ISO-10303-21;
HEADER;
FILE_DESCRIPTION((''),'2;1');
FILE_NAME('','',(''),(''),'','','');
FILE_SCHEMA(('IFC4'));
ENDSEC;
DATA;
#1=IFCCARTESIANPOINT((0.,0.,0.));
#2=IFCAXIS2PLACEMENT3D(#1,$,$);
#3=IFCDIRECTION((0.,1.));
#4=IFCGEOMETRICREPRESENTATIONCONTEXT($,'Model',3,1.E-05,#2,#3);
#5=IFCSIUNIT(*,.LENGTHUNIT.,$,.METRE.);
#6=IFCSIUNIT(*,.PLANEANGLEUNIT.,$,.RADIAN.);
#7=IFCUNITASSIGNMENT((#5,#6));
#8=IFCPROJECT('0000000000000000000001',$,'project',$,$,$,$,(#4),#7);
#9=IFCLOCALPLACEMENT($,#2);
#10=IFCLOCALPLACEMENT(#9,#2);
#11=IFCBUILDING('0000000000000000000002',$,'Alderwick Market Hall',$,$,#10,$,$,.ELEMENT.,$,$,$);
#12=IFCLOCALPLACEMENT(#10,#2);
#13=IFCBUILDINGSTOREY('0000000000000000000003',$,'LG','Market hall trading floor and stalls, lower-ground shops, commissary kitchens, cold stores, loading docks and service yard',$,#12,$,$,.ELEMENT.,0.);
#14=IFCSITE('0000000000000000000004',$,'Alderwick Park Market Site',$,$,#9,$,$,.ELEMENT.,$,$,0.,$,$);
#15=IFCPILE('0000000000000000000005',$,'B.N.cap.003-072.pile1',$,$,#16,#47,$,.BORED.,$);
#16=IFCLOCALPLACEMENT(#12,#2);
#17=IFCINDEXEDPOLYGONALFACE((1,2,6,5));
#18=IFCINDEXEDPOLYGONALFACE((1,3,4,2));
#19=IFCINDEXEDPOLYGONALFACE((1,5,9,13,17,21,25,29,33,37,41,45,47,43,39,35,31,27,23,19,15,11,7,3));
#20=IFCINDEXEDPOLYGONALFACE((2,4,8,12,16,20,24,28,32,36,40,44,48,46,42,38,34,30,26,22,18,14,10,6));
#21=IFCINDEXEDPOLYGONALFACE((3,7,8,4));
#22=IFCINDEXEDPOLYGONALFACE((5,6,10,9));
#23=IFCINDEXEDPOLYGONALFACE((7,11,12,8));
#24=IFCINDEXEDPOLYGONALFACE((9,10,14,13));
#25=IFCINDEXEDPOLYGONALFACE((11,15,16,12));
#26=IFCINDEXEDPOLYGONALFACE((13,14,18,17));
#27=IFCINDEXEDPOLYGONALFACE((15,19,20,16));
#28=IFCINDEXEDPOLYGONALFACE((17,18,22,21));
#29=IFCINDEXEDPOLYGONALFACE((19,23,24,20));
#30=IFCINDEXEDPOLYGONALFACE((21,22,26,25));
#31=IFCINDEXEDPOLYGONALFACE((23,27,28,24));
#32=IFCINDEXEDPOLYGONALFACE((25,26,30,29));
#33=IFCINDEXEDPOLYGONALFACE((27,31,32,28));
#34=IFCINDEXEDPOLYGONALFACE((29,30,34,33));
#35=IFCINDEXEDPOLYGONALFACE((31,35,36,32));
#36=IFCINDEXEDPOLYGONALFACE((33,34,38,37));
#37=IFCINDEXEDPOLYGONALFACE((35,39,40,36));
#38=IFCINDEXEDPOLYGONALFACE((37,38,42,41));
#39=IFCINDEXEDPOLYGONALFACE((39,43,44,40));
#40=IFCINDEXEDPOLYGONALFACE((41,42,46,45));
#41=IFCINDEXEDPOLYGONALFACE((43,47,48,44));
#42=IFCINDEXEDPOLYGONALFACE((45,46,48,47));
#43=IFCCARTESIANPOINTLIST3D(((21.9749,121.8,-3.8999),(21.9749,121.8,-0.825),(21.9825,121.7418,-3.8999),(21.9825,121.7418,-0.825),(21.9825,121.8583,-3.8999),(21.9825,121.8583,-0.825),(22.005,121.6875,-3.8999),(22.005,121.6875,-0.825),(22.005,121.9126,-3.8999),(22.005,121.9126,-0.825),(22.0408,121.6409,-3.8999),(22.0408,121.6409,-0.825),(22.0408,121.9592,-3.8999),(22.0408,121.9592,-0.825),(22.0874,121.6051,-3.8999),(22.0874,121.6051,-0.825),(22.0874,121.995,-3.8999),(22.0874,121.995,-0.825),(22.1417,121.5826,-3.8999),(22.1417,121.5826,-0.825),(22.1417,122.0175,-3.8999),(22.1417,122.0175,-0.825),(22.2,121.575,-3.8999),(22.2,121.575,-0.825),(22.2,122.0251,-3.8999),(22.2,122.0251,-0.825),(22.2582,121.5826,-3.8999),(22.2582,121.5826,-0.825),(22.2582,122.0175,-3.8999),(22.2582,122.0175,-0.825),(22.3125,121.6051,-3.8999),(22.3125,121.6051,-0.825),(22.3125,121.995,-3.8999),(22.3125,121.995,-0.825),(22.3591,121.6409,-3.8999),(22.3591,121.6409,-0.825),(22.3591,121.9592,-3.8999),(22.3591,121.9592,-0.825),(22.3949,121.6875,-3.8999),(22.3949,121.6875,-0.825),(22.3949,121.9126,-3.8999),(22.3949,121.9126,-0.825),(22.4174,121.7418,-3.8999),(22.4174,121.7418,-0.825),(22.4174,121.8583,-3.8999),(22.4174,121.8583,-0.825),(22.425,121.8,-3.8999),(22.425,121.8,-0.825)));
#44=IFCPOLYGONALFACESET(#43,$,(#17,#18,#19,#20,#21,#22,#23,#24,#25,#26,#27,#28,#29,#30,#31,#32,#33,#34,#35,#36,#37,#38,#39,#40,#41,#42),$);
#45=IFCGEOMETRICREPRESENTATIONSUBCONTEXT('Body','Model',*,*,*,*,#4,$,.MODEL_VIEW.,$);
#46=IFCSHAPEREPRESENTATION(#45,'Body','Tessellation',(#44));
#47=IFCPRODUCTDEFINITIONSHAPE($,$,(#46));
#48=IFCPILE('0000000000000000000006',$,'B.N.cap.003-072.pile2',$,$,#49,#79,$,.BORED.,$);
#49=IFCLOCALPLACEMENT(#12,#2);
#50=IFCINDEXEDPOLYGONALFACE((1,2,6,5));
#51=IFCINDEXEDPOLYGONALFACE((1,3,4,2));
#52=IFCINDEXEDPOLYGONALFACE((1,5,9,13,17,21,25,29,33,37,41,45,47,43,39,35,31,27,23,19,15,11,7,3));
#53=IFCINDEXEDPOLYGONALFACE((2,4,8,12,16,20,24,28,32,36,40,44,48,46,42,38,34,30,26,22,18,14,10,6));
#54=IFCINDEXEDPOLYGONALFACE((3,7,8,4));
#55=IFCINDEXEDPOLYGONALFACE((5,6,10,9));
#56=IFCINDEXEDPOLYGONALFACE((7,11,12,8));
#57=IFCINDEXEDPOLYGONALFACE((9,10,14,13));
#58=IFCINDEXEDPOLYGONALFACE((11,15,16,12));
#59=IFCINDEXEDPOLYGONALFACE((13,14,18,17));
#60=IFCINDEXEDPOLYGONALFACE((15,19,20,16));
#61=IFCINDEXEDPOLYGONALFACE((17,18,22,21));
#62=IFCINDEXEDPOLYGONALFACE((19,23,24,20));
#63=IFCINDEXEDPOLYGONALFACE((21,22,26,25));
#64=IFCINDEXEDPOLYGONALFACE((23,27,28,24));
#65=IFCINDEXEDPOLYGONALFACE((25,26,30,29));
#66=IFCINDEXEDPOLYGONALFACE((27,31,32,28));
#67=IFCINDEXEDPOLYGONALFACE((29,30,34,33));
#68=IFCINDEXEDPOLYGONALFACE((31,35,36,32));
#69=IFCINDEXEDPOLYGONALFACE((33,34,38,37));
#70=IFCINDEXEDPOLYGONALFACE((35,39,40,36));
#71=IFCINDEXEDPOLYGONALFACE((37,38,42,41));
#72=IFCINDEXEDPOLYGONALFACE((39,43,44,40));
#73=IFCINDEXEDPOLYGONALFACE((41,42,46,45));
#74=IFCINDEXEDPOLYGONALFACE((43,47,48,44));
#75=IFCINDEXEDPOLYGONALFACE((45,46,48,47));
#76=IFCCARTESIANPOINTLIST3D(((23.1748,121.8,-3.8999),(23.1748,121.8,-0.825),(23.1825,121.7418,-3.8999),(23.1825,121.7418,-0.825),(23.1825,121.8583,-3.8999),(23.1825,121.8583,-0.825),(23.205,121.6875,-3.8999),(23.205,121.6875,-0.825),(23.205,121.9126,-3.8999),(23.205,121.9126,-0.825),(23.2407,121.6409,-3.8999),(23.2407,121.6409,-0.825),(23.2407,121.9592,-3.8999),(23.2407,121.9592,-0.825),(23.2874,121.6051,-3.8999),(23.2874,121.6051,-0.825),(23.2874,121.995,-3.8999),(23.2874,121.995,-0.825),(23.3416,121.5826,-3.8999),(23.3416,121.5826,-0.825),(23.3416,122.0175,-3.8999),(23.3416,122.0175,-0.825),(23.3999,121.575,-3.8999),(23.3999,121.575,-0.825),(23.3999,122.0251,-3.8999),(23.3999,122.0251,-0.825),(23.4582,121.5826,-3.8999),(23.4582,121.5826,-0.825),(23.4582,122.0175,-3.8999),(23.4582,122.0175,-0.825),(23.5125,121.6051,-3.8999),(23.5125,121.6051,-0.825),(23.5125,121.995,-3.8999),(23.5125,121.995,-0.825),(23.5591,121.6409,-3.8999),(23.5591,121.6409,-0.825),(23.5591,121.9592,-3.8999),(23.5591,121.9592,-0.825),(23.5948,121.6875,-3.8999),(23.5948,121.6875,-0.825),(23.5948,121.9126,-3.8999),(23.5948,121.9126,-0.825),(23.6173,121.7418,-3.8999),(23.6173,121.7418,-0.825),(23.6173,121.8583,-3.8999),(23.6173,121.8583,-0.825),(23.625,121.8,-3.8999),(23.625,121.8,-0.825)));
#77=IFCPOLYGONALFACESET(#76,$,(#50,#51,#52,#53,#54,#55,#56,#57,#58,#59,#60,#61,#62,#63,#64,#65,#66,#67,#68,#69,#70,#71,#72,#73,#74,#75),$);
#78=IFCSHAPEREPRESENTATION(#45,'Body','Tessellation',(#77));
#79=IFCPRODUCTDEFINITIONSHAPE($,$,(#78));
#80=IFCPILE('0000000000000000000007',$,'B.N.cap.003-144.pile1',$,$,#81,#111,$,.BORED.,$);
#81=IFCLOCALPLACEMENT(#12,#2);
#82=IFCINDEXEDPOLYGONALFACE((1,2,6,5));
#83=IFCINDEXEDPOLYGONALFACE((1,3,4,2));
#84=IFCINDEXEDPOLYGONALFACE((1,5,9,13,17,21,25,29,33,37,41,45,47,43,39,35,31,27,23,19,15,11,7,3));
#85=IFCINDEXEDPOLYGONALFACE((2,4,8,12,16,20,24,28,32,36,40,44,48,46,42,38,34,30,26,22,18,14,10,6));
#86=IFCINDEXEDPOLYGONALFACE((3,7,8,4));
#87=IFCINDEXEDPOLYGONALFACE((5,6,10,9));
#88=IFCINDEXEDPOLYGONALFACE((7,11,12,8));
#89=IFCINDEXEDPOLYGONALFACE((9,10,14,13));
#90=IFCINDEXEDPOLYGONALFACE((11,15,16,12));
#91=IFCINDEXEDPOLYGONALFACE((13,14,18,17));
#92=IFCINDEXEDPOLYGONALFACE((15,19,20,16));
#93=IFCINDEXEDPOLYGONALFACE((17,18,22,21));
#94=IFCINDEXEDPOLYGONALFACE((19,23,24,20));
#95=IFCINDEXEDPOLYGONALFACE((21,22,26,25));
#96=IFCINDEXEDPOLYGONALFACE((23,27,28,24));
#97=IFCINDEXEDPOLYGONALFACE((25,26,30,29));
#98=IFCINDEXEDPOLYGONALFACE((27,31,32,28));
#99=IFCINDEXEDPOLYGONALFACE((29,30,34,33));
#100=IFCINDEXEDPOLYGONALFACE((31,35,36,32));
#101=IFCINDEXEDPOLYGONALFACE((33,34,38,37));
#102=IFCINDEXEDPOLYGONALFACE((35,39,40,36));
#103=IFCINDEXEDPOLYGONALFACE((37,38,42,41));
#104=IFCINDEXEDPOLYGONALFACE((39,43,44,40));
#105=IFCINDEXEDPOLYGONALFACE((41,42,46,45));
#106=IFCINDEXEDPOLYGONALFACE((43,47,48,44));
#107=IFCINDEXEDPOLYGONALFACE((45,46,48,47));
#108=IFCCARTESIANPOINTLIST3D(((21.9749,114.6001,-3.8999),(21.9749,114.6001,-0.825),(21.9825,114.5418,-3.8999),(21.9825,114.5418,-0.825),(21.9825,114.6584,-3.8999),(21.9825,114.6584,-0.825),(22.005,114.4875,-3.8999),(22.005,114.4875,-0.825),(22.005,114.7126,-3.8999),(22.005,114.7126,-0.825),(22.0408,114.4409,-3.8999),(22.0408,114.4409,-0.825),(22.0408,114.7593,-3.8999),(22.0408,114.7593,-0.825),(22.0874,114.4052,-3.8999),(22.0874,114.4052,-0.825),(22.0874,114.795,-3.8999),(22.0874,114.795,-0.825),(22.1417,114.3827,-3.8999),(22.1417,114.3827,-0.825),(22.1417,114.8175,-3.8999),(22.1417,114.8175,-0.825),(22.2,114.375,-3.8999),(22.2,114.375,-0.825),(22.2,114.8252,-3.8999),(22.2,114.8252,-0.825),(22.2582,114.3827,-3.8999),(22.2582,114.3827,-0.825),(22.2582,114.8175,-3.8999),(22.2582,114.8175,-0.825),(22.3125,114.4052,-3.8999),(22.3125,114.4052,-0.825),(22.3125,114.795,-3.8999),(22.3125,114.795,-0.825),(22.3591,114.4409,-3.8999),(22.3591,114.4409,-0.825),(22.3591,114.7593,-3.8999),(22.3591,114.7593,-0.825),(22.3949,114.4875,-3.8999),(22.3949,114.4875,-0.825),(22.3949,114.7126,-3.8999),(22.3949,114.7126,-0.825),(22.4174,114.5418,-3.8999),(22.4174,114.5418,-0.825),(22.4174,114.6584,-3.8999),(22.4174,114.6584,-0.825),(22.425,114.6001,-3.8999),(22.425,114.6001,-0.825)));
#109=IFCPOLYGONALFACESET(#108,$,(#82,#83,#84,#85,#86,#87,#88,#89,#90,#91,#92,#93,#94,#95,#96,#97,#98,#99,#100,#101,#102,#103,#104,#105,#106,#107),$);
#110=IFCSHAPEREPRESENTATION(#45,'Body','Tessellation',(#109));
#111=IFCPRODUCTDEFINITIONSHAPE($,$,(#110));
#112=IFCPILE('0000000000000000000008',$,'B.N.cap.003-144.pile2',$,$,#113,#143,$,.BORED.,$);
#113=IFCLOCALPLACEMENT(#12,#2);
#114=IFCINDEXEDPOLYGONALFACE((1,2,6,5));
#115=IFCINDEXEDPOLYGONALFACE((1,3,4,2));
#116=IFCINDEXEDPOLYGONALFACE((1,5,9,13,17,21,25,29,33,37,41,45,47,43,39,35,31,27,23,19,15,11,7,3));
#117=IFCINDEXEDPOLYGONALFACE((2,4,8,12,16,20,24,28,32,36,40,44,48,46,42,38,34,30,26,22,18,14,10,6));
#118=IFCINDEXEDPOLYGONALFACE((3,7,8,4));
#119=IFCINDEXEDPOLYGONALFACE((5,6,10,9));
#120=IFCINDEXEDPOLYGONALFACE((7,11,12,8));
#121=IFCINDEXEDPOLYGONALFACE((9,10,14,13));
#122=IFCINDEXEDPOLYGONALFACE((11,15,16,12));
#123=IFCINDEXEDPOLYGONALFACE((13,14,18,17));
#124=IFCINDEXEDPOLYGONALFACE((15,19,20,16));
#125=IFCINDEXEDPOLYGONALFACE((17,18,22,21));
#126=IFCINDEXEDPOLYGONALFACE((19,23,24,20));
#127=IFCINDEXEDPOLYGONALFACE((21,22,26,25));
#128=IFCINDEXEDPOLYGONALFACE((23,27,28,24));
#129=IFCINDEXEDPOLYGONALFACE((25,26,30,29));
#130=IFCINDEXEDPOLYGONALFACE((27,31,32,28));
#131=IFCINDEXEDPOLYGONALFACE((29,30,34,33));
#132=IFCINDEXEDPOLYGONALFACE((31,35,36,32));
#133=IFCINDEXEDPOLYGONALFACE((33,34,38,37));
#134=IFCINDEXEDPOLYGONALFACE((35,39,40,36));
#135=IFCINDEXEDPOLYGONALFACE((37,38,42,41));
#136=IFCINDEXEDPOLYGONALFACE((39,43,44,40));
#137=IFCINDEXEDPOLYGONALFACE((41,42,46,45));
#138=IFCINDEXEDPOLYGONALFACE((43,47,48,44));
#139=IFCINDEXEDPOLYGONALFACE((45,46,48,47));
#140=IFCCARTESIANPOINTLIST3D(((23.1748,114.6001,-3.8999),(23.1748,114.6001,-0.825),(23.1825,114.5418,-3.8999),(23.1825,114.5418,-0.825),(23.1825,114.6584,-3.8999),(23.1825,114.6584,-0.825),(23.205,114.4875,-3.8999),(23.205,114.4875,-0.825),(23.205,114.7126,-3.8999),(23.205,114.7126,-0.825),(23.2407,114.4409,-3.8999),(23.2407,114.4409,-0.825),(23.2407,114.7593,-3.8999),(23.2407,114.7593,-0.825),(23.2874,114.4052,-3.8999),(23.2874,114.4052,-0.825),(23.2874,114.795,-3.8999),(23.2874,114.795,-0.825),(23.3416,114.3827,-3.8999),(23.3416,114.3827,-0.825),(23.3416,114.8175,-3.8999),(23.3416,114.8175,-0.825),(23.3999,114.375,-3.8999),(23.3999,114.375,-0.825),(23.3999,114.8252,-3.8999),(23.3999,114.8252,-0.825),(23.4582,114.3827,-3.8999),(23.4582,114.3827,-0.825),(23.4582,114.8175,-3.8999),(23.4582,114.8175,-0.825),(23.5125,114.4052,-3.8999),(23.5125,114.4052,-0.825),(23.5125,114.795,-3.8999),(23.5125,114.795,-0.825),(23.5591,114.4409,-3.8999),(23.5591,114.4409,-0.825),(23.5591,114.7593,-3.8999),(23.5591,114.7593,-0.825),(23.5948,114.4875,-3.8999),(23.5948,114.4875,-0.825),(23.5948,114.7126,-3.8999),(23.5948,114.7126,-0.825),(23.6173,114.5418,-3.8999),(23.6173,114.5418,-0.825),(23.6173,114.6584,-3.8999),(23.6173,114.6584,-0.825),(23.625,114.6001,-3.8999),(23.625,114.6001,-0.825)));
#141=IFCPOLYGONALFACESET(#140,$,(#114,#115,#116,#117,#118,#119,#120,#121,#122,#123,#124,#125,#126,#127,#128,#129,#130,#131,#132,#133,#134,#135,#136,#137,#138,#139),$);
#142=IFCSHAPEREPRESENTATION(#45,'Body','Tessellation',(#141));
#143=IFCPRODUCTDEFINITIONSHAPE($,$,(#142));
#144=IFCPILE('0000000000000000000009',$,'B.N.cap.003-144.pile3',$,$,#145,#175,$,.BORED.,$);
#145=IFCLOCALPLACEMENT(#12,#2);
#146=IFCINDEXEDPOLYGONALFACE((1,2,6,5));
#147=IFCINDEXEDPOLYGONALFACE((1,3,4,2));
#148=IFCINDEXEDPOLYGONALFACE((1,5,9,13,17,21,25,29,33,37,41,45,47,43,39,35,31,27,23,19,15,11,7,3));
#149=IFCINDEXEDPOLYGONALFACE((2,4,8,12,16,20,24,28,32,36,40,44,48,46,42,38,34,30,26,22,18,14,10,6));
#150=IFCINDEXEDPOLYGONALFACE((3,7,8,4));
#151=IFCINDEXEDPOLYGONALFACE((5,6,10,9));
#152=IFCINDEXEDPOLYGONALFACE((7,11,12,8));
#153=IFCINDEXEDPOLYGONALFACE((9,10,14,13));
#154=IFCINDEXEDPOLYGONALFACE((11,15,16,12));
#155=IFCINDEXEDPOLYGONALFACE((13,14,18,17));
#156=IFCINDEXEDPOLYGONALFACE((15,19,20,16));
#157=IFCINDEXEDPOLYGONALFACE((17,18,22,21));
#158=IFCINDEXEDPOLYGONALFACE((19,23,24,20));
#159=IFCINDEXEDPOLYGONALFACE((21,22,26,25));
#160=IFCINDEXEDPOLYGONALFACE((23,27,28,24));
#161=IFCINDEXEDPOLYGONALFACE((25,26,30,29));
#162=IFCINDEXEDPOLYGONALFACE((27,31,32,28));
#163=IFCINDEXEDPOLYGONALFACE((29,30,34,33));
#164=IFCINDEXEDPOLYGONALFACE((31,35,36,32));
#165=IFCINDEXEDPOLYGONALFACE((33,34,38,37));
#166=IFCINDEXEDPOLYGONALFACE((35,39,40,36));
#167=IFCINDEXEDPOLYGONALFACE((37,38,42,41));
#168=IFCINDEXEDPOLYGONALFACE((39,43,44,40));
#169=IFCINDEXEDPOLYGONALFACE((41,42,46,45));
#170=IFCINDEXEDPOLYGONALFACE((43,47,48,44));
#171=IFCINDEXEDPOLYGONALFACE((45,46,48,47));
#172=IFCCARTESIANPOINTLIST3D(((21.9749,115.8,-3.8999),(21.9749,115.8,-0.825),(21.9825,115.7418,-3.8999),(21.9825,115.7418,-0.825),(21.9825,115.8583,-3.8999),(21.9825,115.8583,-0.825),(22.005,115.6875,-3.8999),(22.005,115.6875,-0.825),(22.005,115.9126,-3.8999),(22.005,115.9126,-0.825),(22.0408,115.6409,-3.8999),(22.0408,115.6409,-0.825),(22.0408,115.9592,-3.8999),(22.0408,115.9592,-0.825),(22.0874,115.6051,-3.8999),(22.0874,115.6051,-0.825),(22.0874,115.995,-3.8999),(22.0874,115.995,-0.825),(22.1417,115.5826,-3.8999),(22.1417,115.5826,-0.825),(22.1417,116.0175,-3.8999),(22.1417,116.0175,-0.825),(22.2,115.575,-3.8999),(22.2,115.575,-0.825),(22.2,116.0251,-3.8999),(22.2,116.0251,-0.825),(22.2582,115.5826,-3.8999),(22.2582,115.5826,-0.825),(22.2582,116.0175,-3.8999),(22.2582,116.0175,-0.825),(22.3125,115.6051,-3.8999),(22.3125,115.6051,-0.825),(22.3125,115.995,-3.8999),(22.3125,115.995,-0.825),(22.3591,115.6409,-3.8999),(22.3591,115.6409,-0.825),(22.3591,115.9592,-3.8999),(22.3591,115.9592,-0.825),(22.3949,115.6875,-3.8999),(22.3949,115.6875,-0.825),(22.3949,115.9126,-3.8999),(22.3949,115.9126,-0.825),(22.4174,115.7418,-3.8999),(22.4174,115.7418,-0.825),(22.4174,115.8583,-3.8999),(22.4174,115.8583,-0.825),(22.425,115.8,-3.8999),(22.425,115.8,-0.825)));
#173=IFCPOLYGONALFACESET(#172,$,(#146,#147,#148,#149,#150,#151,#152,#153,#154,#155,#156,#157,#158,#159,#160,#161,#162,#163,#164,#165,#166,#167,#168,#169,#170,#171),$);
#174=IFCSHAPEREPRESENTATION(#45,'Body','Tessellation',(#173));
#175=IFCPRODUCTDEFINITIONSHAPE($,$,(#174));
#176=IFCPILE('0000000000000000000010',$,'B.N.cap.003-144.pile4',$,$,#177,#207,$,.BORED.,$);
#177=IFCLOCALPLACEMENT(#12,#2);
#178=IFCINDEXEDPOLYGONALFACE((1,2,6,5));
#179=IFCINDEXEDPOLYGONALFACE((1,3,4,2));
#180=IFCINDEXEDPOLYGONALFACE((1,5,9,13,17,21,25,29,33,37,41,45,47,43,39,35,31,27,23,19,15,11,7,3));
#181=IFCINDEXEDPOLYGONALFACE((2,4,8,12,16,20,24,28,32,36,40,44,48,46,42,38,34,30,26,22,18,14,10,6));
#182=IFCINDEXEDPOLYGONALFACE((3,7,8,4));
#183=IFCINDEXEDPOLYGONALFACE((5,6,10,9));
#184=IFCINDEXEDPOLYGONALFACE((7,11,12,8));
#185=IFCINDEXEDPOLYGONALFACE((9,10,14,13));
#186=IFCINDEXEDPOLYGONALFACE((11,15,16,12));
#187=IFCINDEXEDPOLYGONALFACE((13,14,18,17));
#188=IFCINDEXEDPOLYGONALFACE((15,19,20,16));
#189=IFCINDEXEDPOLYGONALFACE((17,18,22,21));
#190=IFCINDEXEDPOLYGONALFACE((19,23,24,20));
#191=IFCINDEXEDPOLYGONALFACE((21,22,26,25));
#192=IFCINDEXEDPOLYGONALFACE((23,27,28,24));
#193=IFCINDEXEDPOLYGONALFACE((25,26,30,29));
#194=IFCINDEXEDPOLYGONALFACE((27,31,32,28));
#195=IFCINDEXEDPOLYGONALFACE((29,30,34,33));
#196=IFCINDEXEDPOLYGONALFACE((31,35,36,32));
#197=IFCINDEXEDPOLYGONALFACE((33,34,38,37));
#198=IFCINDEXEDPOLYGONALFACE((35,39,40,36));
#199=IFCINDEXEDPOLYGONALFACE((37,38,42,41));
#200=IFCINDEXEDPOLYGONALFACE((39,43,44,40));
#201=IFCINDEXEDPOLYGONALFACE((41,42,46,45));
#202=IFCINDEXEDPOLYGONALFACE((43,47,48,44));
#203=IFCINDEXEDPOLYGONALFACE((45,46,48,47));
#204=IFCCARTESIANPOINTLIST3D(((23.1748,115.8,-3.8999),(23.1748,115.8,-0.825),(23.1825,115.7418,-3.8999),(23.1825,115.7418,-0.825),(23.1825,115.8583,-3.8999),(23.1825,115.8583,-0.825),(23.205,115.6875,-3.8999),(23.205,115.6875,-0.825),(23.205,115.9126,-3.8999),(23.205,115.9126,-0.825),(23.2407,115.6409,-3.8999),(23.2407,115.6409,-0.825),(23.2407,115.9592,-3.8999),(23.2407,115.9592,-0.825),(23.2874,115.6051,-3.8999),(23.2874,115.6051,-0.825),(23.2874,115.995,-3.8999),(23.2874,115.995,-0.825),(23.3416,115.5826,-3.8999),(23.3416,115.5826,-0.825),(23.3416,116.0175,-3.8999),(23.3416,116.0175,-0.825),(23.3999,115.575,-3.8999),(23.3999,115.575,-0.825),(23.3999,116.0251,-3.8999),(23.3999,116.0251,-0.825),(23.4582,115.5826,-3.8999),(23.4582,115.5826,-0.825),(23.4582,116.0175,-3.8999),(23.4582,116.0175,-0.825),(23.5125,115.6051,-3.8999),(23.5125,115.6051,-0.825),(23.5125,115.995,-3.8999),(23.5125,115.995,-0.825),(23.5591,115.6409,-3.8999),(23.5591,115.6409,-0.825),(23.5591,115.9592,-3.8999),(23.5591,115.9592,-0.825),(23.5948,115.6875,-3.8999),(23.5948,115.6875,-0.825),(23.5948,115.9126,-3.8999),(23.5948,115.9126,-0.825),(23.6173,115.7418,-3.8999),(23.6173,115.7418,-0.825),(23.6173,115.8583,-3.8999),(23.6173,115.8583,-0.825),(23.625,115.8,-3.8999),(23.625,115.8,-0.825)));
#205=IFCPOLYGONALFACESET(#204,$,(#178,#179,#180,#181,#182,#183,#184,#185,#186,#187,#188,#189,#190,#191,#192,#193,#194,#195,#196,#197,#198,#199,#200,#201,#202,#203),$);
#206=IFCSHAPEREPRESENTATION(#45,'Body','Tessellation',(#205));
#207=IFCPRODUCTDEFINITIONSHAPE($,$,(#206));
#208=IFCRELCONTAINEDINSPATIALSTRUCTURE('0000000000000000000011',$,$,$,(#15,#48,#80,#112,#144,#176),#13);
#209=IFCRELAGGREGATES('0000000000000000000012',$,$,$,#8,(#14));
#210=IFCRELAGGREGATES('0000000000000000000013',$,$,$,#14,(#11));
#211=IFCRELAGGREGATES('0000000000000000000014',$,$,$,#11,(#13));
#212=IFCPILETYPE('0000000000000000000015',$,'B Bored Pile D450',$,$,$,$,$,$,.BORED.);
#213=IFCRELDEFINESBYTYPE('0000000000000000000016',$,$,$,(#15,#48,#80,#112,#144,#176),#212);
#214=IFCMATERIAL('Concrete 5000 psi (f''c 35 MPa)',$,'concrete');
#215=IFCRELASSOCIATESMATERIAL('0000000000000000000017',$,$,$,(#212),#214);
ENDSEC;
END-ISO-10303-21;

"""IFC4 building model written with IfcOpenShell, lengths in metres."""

from ifc_helpers import new_model, si_unit, direction, frame, origin, origin_2d, place, context, subcontext, project, spatial, circle, extrude, material, material_profile, profile_set, type_object, element, save


model = new_model("IFC4")

# Units and contexts
model_context = context("Model", 3, precision=1e-05, world=origin(), true_north=direction((0.0, 1.0)))
body_context = subcontext(model_context, "Body", "Model", "MODEL_VIEW")
ifc_project = project(units=[si_unit("LENGTHUNIT", "METRE"), si_unit("PLANEANGLEUNIT", "RADIAN")], contexts=[model_context])

# Site, building, storey
site_placement = place(None, origin())
site = spatial("IfcSite", under=ifc_project, at=site_placement, Name="Alderwick Park Market Site", CompositionType="ELEMENT", RefElevation=0.0)
building_placement = place(site_placement, origin())
building = spatial("IfcBuilding", under=site, at=building_placement, Name="Alderwick Market Hall", CompositionType="ELEMENT")
storey_placement = place(building_placement, origin())
storey = spatial("IfcBuildingStorey", under=building, at=storey_placement, Name="LG", Description="Market hall trading floor and stalls, lower-ground shops, commissary kitchens, cold stores, loading docks and service yard", CompositionType="ELEMENT", Elevation=0.0)

# Piles
ifc_material_1 = material(Name="Concrete 5000 psi (f'c 35 MPa)", Category="concrete")
ifc_material_profile_1 = material_profile(ifc_material_1, circle(Radius=0.2251, at=origin_2d()), Name="B Bored Pile D450")
ifc_profile_set_1 = profile_set([ifc_material_profile_1], Name="Concrete 5000 psi (f'c 35 MPa)")
pile_type = type_object("IfcPileType", Name="B Bored Pile D450", PredefinedType="BORED", material=ifc_profile_set_1)
for number, where, z_axis, x_axis, name in (
    (1, (22.2, 121.8, -0.825), (0.0, 0.0, -1.0), (1.0, 0.0, 0.0), "B.N.cap.003-072.pile1"),
    (2, (23.3999, 121.8, -0.825), (0.0, 0.0, -1.0), (1.0, 0.0, 0.0), "B.N.cap.003-072.pile2"),
    (3, (22.2, 114.6001, -0.825), (0.0, 0.0, -1.0), (1.0, 0.0, 0.0), "B.N.cap.003-144.pile1"),
    (4, (23.3999, 114.6001, -0.825), (0.0, 0.0, -1.0), (1.0, 0.0, 0.0), "B.N.cap.003-144.pile2"),
    (5, (22.2, 115.8, -0.825), (0.0, 0.0, -1.0), (1.0, 0.0, 0.0), "B.N.cap.003-144.pile3"),
    (6, (23.3999, 115.8, -0.825), (0.0, 0.0, -1.0), (1.0, 0.0, 0.0), "B.N.cap.003-144.pile4"),
):
    element("IfcPile", number, at=place(storey_placement, frame(where, z_axis=z_axis, x_axis=x_axis)), inside=storey, type_object=pile_type, Name=name, PredefinedType="BORED", context=body_context, shape_type="SweptSolid", body=[
        extrude(circle(Radius=0.2251, at=origin_2d()), origin(), (0.0, 0.0, 1.0), 3.075),
    ])

save(model, "model.ifc")
